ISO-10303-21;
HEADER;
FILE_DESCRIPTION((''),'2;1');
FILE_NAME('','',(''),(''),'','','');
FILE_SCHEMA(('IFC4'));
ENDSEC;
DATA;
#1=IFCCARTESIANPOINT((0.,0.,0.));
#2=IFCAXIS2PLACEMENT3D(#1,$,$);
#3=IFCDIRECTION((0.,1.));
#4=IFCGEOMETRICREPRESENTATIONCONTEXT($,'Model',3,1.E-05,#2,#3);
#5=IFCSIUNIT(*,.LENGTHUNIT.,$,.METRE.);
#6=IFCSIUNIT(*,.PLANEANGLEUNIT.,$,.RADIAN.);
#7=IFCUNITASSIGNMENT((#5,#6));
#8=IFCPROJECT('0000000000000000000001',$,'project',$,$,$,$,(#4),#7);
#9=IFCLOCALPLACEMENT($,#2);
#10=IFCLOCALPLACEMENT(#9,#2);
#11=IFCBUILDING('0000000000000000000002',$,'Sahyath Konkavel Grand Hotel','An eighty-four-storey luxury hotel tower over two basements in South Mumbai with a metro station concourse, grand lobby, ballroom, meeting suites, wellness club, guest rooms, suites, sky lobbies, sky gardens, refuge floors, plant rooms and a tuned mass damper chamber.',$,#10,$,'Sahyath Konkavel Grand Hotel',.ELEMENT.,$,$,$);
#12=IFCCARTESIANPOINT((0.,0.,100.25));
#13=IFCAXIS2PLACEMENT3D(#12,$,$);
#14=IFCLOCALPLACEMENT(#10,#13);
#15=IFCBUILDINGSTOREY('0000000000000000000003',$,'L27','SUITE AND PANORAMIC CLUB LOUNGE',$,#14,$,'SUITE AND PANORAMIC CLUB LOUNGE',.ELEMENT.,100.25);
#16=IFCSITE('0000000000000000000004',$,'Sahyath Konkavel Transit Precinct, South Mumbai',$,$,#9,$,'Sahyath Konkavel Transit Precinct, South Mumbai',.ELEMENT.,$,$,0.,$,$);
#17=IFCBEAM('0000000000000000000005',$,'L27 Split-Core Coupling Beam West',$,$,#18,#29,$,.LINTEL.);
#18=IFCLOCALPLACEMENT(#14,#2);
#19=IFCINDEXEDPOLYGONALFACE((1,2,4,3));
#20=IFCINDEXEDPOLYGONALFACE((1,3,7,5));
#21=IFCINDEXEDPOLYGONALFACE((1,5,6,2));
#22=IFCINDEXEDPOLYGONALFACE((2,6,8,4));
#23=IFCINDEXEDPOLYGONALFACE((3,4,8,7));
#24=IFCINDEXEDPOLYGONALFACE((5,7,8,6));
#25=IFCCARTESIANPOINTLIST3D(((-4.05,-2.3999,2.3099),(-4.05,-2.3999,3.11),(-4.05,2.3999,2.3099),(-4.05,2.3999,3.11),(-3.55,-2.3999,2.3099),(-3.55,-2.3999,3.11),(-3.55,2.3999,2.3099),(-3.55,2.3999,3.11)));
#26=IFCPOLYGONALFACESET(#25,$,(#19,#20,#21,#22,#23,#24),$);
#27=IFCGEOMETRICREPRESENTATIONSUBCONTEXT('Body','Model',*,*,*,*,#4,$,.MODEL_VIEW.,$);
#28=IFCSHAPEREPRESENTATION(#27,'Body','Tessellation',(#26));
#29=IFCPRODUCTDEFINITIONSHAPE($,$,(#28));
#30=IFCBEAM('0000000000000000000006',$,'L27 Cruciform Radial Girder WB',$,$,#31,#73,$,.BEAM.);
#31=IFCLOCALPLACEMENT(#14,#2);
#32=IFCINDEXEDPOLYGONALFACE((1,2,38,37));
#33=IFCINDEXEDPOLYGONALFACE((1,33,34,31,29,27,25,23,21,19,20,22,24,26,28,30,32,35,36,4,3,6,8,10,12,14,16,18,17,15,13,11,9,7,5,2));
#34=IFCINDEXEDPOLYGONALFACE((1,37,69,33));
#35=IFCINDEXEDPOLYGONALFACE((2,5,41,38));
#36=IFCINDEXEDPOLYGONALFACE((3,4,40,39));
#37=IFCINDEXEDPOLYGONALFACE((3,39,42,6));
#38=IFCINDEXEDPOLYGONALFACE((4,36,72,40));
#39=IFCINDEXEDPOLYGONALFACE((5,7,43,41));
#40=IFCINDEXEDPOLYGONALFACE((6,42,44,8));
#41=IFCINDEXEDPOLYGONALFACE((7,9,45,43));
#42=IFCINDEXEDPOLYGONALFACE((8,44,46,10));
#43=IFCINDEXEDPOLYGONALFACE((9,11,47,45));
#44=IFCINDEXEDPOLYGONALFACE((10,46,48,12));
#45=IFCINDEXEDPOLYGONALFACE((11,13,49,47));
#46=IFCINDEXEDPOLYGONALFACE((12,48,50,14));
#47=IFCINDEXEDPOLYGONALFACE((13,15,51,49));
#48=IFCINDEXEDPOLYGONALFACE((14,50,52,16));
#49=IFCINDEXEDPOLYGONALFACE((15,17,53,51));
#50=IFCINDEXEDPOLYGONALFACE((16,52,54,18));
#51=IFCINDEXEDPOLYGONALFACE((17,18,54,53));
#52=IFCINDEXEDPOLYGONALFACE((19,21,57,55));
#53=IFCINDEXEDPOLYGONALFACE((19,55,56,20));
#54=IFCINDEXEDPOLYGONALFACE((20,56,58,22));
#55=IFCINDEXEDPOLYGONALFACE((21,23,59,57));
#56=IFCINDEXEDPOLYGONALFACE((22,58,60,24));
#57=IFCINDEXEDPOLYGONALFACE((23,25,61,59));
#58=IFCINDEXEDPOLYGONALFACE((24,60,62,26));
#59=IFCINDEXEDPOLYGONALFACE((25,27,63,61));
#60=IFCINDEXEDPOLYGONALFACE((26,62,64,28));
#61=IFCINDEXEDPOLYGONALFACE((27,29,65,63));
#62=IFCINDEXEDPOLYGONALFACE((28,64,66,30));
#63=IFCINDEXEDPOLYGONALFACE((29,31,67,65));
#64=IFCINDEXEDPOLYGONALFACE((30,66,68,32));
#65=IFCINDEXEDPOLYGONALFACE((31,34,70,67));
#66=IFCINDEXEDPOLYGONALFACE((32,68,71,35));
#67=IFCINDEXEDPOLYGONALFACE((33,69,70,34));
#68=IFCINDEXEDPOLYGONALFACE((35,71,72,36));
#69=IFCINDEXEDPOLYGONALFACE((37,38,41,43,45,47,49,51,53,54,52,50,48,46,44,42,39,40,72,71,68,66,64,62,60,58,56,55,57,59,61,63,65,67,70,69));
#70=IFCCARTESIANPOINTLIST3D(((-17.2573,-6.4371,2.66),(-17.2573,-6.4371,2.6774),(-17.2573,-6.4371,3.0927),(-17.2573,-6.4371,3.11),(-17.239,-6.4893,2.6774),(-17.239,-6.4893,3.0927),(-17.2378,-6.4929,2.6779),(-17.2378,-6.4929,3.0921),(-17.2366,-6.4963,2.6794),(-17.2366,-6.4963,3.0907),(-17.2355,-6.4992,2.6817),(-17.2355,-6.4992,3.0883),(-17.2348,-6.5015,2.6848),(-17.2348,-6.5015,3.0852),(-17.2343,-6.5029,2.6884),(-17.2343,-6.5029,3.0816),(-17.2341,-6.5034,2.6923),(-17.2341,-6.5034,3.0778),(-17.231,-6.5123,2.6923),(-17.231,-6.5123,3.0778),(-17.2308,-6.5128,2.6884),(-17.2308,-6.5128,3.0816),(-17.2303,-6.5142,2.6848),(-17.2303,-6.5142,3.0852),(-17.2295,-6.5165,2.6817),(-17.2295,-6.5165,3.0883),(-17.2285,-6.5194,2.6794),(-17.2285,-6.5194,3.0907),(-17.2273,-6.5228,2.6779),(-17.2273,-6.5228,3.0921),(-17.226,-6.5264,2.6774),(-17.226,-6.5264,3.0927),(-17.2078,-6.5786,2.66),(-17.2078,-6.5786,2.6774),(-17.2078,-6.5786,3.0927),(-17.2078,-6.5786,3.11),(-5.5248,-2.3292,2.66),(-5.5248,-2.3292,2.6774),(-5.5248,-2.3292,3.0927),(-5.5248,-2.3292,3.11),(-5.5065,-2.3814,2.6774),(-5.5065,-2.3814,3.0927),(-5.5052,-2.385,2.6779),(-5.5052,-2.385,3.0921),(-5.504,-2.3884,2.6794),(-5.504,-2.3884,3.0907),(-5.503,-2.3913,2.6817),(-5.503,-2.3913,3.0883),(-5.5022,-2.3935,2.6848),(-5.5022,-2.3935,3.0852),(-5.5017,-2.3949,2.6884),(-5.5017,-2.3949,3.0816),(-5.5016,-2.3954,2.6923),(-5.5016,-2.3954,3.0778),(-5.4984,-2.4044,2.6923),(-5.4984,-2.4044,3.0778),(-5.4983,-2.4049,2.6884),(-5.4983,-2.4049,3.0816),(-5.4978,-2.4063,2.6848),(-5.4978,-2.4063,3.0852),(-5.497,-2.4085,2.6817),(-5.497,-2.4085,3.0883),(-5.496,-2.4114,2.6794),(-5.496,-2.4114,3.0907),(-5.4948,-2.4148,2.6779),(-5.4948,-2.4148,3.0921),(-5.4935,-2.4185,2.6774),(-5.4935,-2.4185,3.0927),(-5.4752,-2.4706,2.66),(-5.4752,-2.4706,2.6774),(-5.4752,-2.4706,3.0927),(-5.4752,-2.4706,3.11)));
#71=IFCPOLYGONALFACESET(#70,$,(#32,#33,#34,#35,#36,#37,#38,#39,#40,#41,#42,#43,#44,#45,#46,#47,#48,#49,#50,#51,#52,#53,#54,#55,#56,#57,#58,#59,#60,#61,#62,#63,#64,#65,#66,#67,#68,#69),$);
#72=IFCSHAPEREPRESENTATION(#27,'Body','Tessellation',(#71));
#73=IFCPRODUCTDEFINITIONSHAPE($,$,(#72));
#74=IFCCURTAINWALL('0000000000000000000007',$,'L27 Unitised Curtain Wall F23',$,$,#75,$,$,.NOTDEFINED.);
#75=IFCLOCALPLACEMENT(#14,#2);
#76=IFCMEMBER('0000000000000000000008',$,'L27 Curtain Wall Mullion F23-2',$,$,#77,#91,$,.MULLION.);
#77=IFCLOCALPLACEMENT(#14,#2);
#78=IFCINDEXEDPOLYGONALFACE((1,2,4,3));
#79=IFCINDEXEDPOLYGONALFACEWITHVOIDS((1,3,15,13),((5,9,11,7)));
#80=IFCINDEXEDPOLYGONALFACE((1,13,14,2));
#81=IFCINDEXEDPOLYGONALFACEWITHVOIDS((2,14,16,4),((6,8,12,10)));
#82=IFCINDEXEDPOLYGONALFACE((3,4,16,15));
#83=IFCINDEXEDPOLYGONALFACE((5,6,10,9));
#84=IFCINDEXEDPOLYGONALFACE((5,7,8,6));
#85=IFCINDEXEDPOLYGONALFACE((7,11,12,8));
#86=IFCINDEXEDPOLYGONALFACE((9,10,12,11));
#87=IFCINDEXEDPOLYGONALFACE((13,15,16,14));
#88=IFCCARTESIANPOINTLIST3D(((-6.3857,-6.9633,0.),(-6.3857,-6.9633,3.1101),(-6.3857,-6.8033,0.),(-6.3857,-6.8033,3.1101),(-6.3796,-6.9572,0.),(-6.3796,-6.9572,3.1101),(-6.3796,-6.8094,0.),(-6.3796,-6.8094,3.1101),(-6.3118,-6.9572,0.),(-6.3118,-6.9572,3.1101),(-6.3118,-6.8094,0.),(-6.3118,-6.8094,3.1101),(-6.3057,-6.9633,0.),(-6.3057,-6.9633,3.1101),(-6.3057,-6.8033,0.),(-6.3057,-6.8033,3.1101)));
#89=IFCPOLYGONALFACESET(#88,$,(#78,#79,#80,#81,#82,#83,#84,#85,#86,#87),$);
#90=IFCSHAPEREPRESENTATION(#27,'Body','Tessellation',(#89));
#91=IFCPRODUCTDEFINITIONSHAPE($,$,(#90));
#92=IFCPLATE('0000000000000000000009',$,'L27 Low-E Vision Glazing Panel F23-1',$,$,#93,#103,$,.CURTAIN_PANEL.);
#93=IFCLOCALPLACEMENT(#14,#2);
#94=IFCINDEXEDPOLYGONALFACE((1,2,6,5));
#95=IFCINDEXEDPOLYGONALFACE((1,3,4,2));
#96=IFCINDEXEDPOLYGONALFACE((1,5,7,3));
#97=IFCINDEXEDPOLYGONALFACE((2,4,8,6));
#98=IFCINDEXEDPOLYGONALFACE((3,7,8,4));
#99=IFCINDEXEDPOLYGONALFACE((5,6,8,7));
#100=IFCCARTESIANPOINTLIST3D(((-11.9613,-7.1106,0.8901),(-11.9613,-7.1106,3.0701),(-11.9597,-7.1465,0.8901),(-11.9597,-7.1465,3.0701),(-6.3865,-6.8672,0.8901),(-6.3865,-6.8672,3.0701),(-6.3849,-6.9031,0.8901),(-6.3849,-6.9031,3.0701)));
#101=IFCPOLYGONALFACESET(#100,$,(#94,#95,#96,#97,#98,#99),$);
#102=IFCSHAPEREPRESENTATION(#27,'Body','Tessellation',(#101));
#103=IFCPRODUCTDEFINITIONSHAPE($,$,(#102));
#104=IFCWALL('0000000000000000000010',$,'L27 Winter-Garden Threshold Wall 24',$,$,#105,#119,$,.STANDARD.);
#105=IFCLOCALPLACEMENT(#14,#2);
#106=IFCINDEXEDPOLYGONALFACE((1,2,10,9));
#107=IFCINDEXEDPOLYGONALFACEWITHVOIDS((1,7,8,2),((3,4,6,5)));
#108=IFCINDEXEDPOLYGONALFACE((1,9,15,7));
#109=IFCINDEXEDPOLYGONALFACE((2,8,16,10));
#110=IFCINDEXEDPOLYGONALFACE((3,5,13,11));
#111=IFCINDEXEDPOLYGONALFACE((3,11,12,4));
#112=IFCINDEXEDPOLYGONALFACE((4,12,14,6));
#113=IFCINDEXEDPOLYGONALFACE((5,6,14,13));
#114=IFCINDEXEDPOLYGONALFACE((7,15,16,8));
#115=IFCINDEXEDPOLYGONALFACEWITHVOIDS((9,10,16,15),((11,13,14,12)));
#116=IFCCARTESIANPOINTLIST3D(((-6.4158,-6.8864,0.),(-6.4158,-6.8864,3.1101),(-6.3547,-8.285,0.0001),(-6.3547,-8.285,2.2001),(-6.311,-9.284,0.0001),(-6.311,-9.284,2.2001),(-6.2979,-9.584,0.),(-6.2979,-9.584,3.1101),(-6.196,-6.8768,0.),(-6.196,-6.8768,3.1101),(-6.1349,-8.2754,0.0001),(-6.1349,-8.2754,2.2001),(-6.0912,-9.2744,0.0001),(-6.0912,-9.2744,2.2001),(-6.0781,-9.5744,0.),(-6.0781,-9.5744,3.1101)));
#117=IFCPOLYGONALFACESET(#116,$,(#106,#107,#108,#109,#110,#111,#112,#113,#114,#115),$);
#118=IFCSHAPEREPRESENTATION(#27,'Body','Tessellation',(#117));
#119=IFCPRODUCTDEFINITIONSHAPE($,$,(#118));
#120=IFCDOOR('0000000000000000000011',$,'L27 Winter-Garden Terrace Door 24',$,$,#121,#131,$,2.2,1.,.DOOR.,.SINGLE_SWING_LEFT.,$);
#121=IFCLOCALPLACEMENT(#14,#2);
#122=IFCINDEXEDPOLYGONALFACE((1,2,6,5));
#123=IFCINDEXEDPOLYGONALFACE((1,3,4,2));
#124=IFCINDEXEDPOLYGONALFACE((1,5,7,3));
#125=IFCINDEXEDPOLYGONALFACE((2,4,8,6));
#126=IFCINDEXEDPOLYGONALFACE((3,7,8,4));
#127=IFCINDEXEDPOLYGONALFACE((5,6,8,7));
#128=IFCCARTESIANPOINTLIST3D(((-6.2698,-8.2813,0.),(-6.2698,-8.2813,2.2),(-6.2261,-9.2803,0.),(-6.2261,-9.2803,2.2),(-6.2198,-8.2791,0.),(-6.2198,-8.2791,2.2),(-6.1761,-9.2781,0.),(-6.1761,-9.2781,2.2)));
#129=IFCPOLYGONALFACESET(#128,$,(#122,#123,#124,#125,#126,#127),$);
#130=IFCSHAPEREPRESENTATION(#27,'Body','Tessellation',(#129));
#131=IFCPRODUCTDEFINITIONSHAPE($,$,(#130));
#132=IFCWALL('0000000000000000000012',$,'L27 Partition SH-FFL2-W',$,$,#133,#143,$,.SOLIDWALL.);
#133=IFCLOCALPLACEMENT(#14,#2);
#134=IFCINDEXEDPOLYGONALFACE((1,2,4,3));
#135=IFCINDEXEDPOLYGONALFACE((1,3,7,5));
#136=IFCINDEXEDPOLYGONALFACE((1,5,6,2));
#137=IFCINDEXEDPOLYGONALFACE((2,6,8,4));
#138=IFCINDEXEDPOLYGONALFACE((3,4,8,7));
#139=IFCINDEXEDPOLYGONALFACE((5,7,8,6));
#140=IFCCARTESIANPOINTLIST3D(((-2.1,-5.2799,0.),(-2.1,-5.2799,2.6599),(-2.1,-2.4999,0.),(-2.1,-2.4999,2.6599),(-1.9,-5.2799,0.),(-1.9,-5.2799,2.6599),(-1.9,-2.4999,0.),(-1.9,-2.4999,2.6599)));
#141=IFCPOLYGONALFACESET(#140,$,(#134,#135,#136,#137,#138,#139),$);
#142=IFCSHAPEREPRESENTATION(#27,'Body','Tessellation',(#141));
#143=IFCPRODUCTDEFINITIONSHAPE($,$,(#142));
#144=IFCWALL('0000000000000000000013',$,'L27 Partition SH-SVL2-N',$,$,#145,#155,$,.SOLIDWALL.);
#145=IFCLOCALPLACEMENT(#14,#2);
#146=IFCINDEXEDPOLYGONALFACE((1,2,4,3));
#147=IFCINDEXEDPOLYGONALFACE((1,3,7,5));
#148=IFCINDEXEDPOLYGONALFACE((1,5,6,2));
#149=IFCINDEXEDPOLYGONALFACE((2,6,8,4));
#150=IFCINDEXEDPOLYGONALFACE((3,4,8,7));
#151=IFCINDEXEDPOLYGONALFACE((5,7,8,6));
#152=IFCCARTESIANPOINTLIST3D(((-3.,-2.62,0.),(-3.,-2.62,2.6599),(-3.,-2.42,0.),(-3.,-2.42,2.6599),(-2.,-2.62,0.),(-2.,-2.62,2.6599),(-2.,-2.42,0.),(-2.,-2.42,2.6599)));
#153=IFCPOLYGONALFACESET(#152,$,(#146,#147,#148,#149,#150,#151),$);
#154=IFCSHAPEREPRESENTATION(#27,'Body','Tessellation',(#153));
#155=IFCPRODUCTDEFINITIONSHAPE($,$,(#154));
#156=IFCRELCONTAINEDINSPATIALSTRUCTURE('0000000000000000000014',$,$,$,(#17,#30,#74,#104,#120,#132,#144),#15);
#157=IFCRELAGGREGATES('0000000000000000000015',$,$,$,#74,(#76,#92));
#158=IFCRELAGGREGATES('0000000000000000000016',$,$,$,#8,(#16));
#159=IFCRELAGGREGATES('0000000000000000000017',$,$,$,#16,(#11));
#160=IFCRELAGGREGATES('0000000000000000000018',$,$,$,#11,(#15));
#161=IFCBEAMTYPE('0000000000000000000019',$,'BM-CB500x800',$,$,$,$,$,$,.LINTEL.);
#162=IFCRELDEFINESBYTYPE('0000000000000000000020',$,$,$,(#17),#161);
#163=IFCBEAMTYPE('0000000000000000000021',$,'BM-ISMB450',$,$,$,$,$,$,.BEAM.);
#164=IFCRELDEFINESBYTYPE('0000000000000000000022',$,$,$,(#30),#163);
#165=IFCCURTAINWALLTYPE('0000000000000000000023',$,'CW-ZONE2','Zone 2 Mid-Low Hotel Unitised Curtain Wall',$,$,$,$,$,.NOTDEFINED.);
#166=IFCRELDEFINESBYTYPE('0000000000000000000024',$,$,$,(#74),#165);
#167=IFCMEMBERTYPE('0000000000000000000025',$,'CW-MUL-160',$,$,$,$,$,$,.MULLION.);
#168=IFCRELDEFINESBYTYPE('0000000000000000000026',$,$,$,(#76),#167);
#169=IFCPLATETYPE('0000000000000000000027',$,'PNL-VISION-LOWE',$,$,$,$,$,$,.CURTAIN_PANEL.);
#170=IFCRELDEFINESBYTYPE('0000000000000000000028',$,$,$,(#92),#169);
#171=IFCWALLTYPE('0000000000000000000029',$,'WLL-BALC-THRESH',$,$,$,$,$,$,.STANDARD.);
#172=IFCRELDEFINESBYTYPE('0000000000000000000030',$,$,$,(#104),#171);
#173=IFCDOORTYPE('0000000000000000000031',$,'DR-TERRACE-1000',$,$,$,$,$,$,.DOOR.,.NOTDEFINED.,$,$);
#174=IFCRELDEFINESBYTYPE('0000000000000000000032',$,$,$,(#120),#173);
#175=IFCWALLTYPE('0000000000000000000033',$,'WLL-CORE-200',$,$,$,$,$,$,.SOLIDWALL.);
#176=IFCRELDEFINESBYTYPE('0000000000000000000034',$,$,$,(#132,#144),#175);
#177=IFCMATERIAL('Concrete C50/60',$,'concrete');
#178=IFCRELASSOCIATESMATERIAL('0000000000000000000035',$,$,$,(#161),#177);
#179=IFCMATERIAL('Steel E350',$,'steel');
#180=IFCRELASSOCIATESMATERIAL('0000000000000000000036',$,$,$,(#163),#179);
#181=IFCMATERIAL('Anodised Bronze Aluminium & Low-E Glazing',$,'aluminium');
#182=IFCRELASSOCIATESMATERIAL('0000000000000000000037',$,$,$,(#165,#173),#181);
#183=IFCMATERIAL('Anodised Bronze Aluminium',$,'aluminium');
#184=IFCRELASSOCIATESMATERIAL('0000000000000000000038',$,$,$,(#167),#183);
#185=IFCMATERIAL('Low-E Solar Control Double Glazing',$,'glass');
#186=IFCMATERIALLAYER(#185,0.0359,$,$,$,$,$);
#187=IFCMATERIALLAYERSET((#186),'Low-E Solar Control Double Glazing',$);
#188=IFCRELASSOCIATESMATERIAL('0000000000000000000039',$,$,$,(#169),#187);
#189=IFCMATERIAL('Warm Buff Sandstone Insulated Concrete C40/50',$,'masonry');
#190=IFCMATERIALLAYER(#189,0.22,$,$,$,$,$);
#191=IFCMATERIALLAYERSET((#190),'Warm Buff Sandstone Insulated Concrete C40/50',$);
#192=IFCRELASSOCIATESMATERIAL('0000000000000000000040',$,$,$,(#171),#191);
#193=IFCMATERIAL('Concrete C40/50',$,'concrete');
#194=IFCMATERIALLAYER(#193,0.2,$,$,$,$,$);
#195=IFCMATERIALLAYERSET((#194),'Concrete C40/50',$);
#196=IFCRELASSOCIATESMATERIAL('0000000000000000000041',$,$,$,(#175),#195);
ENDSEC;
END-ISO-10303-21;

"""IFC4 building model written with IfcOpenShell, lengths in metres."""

from ifc_helpers import new_model, si_unit, direction, frame, frame_2d, origin, origin_2d, place, context, subcontext, project, spatial, rectangle, hollow_rectangle, i_section, extrude, source, transform, mapped, material, layer, layer_set, material_profile, profile_set, type_object, element, fill, aggregate, save


model = new_model("IFC4")

# Units and contexts
model_context = context("Model", 3, precision=1e-05, world=origin(), true_north=direction((0.0, 1.0)))
body_context = subcontext(model_context, "Body", "Model", "MODEL_VIEW")
ifc_project = project(units=[si_unit("LENGTHUNIT", "METRE"), si_unit("PLANEANGLEUNIT", "RADIAN")], contexts=[model_context])

# Site, building, storey
site_placement = place(None, origin())
site = spatial("IfcSite", under=ifc_project, at=site_placement, Name="Sahyath Konkavel Transit Precinct, South Mumbai", LongName="Sahyath Konkavel Transit Precinct, South Mumbai", CompositionType="ELEMENT", RefElevation=0.0)
building_placement = place(site_placement, origin())
building = spatial("IfcBuilding", under=site, at=building_placement, Name="Sahyath Konkavel Grand Hotel", Description="An eighty-four-storey luxury hotel tower over two basements in South Mumbai with a metro station concourse, grand lobby, ballroom, meeting suites, wellness club, guest rooms, suites, sky lobbies, sky gardens, refuge floors, plant rooms and a tuned mass damper chamber.", LongName="Sahyath Konkavel Grand Hotel", CompositionType="ELEMENT")
storey_placement = place(building_placement, frame((0.0, 0.0, 100.25)))
storey = spatial("IfcBuildingStorey", under=building, at=storey_placement, Name="L27", Description="SUITE AND PANORAMIC CLUB LOUNGE", LongName="SUITE AND PANORAMIC CLUB LOUNGE", CompositionType="ELEMENT", Elevation=100.25)

# Shared definitions
ifc_material_1 = material(Name="Concrete C50/60", Category="concrete")

# Beams
ifc_material_2 = material(Name="Steel E350", Category="steel")
ifc_material_profile_1 = material_profile(ifc_material_1, rectangle(XDim=0.5, YDim=0.8, at=origin_2d()), Name="RC 500x800")
ifc_profile_set_1 = profile_set([ifc_material_profile_1], Name="Concrete C50/60")
beam_type_1 = type_object("IfcBeamType", Name="BM-CB500x800", PredefinedType="LINTEL", material=ifc_profile_set_1)
shared_shape_1 = source(origin(), body_context, "Body", "SweptSolid", [
    extrude(rectangle(XDim=0.5, YDim=0.8, at=origin_2d()), origin(), (0.0, 0.0, 1.0), 4.7998),
])
beam_1_placement = place(storey_placement, frame((-3.8, -2.3999, 2.71), z_axis=(0.0, 1.0, 0.0), x_axis=(-1.0, 0.0, 0.0)))
element("IfcBeam", 1, at=beam_1_placement, inside=storey, type_object=beam_type_1, Name="L27 Split-Core Coupling Beam West", PredefinedType="LINTEL", context=body_context, shape_type="MappedRepresentation", body=[
    mapped(shared_shape_1, transform((0.0, 0.0, 0.0), scale=1.0)),
])
ifc_material_profile_2 = material_profile(ifc_material_2, i_section(OverallWidth=0.1499, OverallDepth=0.45, WebThickness=0.0095, FlangeThickness=0.0173, FilletRadius=0.0149, at=origin_2d()), Name="ISMB 450")
ifc_profile_set_2 = profile_set([ifc_material_profile_2], Name="Steel E350")
beam_type_2 = type_object("IfcBeamType", Name="BM-ISMB450", PredefinedType="BEAM", material=ifc_profile_set_2)
shared_shape_2 = source(origin(), body_context, "Body", "SweptSolid", [
    extrude(i_section(OverallWidth=0.1499, OverallDepth=0.45, WebThickness=0.0095, FlangeThickness=0.0173, FilletRadius=0.0149, at=origin_2d()), origin(), (0.0, 0.0, 1.0), 12.4309),
])
beam_2_placement = place(storey_placement, frame((-5.5, -2.3999, 2.885), z_axis=(-0.943819, -0.330462, 0.0), x_axis=(0.330462, -0.943819, 0.0)))
element("IfcBeam", 2, at=beam_2_placement, inside=storey, type_object=beam_type_2, Name="L27 Cruciform Radial Girder WB", PredefinedType="BEAM", context=body_context, shape_type="MappedRepresentation", body=[
    mapped(shared_shape_2, transform((0.0, 0.0, 0.0), scale=1.0)),
])

# Curtain wall, member, plate
ifc_material_3 = material(Name="Anodised Bronze Aluminium & Low-E Glazing", Category="aluminium")
curtain_wall_type = type_object("IfcCurtainWallType", Name="CW-ZONE2", Description="Zone 2 Mid-Low Hotel Unitised Curtain Wall", PredefinedType="NOTDEFINED", material=ifc_material_3)
curtain_wall_placement = place(storey_placement, origin())
curtain_wall = element("IfcCurtainWall", 3, at=curtain_wall_placement, inside=storey, type_object=curtain_wall_type, Name="L27 Unitised Curtain Wall F23", PredefinedType="NOTDEFINED")
ifc_material_4 = material(Name="Anodised Bronze Aluminium", Category="aluminium")
ifc_material_profile_3 = material_profile(ifc_material_4, hollow_rectangle(XDim=0.0801, YDim=0.1599, WallThickness=0.0061, at=origin_2d()), Name="RHS 160x80x6")
ifc_profile_set_3 = profile_set([ifc_material_profile_3], Name="Anodised Bronze Aluminium")
member_type = type_object("IfcMemberType", Name="CW-MUL-160", PredefinedType="MULLION", material=ifc_profile_set_3)
shared_shape_3 = source(origin(), body_context, "Body", "SweptSolid", [
    extrude(hollow_rectangle(XDim=0.0801, YDim=0.1599, WallThickness=0.0061, at=origin_2d()), origin(), (0.0, 0.0, 1.0), 3.1101),
])
member_placement = place(storey_placement, frame((-6.3457, -6.8833, 0.0), z_axis=(0.0, 0.0, 1.0), x_axis=(1.0, 0.0, 0.0)))
member = element("IfcMember", 4, at=member_placement, type_object=member_type, Name="L27 Curtain Wall Mullion F23-2", PredefinedType="MULLION", context=body_context, shape_type="MappedRepresentation", body=[
    mapped(shared_shape_3, transform((0.0, 0.0, 0.0), scale=1.0)),
])
ifc_material_5 = material(Name="Low-E Solar Control Double Glazing", Category="glass")
ifc_layer_1 = layer(ifc_material_5, 0.0359)
ifc_layer_set_1 = layer_set([ifc_layer_1], Name="Low-E Solar Control Double Glazing")
plate_type = type_object("IfcPlateType", Name="PNL-VISION-LOWE", PredefinedType="CURTAIN_PANEL", material=ifc_layer_set_1)
shared_shape_4 = source(origin(), body_context, "Body", "SweptSolid", [
    extrude(rectangle(XDim=5.5801, YDim=0.0359, at=origin_2d()), origin(), (0.0, 0.0, 1.0), 2.1799),
])
plate_placement = place(storey_placement, frame((-9.1731, -7.0068, 0.8901), z_axis=(0.0, 0.0, 1.0), x_axis=(0.999048, 0.043619, 0.0)))
plate = element("IfcPlate", 5, at=plate_placement, type_object=plate_type, Name="L27 Low-E Vision Glazing Panel F23-1", PredefinedType="CURTAIN_PANEL", context=body_context, shape_type="MappedRepresentation", body=[
    mapped(shared_shape_4, transform((0.0, 0.0, 0.0), scale=1.0)),
])
aggregate(curtain_wall, [member, plate])

# Wall, opening, door
ifc_material_6 = material(Name="Warm Buff Sandstone Insulated Concrete C40/50", Category="masonry")
ifc_layer_2 = layer(ifc_material_6, 0.22)
ifc_layer_set_2 = layer_set([ifc_layer_2], Name="Warm Buff Sandstone Insulated Concrete C40/50")
wall_type_1 = type_object("IfcWallType", Name="WLL-BALC-THRESH", PredefinedType="STANDARD", material=ifc_layer_set_2)
wall_1_placement = place(storey_placement, frame((-6.3059, -6.8816, 0.0), z_axis=(0.0, 0.0, 1.0), x_axis=(0.043673, -0.999046, 0.0)))
wall_1 = element("IfcWall", 6, at=wall_1_placement, inside=storey, type_object=wall_type_1, Name="L27 Winter-Garden Threshold Wall 24", PredefinedType="STANDARD", context=body_context, shape_type="SweptSolid", body=[
    extrude(rectangle(XDim=2.7002, YDim=0.22, at=frame_2d((1.3501, 0.0))), origin(), (0.0, 0.0, 1.0), 3.1101),
])
opening_1_placement = place(wall_1_placement, frame((1.3999, 0.0, 0.0)))
opening_1 = element("IfcOpeningElement", 7, at=opening_1_placement, cuts=wall_1, PredefinedType="OPENING", context=body_context, shape_type="SweptSolid", body=[
    extrude(rectangle(XDim=1.0, YDim=2.2, at=frame_2d((0.5, 1.1001))), frame((0.0, 0.1201, 0.0), z_axis=(0.0, -1.0, 0.0), x_axis=(1.0, 0.0, 0.0)), (0.0, 0.0, 1.0), 0.24),
])
door_type_1 = type_object("IfcDoorType", Name="DR-TERRACE-1000", OperationType="NOTDEFINED", PredefinedType="DOOR", material=ifc_material_3)
shared_shape_5 = source(origin(), body_context, "Body", "SweptSolid", [
    extrude(rectangle(XDim=1.0, YDim=0.05, at=origin_2d()), origin(), (0.0, 0.0, 1.0), 2.2),
])
door_1_placement = place(opening_1_placement, frame((0.5, 0.0, 0.0)))
door_1 = element("IfcDoor", 8, at=door_1_placement, inside=storey, type_object=door_type_1, Name="L27 Winter-Garden Terrace Door 24", OperationType="SINGLE_SWING_LEFT", OverallHeight=2.2, OverallWidth=1.0, PredefinedType="DOOR", context=body_context, shape_type="MappedRepresentation", body=[
    mapped(shared_shape_5, transform((0.0, 0.0, 0.0), scale=1.0)),
])
fill(opening_1, door_1)

# Walls
ifc_material_7 = material(Name="Concrete C40/50", Category="concrete")
ifc_layer_3 = layer(ifc_material_7, 0.2)
ifc_layer_set_3 = layer_set([ifc_layer_3], Name="Concrete C40/50")
wall_type_2 = type_object("IfcWallType", Name="WLL-CORE-200", PredefinedType="SOLIDWALL", material=ifc_layer_set_3)
wall_2_placement = place(storey_placement, frame((-2.0, -5.28, 0.0), z_axis=(0.0, 0.0, 1.0), x_axis=(0.0, 1.0, 0.0)))
element("IfcWall", 9, at=wall_2_placement, inside=storey, type_object=wall_type_2, Name="L27 Partition SH-FFL2-W", PredefinedType="SOLIDWALL", context=body_context, shape_type="SweptSolid", body=[
    extrude(rectangle(XDim=2.78, YDim=0.2, at=frame_2d((1.3901, 0.0))), origin(), (0.0, 0.0, 1.0), 2.6599),
])
wall_3_placement = place(storey_placement, frame((-3.0, -2.52, 0.0), z_axis=(0.0, 0.0, 1.0), x_axis=(1.0, 0.0, 0.0)))
element("IfcWall", 10, at=wall_3_placement, inside=storey, type_object=wall_type_2, Name="L27 Partition SH-SVL2-N", PredefinedType="SOLIDWALL", context=body_context, shape_type="SweptSolid", body=[
    extrude(rectangle(XDim=1.0, YDim=0.2, at=frame_2d((0.5, 0.0))), origin(), (0.0, 0.0, 1.0), 2.6599),
])

save(model, "model.ifc")
